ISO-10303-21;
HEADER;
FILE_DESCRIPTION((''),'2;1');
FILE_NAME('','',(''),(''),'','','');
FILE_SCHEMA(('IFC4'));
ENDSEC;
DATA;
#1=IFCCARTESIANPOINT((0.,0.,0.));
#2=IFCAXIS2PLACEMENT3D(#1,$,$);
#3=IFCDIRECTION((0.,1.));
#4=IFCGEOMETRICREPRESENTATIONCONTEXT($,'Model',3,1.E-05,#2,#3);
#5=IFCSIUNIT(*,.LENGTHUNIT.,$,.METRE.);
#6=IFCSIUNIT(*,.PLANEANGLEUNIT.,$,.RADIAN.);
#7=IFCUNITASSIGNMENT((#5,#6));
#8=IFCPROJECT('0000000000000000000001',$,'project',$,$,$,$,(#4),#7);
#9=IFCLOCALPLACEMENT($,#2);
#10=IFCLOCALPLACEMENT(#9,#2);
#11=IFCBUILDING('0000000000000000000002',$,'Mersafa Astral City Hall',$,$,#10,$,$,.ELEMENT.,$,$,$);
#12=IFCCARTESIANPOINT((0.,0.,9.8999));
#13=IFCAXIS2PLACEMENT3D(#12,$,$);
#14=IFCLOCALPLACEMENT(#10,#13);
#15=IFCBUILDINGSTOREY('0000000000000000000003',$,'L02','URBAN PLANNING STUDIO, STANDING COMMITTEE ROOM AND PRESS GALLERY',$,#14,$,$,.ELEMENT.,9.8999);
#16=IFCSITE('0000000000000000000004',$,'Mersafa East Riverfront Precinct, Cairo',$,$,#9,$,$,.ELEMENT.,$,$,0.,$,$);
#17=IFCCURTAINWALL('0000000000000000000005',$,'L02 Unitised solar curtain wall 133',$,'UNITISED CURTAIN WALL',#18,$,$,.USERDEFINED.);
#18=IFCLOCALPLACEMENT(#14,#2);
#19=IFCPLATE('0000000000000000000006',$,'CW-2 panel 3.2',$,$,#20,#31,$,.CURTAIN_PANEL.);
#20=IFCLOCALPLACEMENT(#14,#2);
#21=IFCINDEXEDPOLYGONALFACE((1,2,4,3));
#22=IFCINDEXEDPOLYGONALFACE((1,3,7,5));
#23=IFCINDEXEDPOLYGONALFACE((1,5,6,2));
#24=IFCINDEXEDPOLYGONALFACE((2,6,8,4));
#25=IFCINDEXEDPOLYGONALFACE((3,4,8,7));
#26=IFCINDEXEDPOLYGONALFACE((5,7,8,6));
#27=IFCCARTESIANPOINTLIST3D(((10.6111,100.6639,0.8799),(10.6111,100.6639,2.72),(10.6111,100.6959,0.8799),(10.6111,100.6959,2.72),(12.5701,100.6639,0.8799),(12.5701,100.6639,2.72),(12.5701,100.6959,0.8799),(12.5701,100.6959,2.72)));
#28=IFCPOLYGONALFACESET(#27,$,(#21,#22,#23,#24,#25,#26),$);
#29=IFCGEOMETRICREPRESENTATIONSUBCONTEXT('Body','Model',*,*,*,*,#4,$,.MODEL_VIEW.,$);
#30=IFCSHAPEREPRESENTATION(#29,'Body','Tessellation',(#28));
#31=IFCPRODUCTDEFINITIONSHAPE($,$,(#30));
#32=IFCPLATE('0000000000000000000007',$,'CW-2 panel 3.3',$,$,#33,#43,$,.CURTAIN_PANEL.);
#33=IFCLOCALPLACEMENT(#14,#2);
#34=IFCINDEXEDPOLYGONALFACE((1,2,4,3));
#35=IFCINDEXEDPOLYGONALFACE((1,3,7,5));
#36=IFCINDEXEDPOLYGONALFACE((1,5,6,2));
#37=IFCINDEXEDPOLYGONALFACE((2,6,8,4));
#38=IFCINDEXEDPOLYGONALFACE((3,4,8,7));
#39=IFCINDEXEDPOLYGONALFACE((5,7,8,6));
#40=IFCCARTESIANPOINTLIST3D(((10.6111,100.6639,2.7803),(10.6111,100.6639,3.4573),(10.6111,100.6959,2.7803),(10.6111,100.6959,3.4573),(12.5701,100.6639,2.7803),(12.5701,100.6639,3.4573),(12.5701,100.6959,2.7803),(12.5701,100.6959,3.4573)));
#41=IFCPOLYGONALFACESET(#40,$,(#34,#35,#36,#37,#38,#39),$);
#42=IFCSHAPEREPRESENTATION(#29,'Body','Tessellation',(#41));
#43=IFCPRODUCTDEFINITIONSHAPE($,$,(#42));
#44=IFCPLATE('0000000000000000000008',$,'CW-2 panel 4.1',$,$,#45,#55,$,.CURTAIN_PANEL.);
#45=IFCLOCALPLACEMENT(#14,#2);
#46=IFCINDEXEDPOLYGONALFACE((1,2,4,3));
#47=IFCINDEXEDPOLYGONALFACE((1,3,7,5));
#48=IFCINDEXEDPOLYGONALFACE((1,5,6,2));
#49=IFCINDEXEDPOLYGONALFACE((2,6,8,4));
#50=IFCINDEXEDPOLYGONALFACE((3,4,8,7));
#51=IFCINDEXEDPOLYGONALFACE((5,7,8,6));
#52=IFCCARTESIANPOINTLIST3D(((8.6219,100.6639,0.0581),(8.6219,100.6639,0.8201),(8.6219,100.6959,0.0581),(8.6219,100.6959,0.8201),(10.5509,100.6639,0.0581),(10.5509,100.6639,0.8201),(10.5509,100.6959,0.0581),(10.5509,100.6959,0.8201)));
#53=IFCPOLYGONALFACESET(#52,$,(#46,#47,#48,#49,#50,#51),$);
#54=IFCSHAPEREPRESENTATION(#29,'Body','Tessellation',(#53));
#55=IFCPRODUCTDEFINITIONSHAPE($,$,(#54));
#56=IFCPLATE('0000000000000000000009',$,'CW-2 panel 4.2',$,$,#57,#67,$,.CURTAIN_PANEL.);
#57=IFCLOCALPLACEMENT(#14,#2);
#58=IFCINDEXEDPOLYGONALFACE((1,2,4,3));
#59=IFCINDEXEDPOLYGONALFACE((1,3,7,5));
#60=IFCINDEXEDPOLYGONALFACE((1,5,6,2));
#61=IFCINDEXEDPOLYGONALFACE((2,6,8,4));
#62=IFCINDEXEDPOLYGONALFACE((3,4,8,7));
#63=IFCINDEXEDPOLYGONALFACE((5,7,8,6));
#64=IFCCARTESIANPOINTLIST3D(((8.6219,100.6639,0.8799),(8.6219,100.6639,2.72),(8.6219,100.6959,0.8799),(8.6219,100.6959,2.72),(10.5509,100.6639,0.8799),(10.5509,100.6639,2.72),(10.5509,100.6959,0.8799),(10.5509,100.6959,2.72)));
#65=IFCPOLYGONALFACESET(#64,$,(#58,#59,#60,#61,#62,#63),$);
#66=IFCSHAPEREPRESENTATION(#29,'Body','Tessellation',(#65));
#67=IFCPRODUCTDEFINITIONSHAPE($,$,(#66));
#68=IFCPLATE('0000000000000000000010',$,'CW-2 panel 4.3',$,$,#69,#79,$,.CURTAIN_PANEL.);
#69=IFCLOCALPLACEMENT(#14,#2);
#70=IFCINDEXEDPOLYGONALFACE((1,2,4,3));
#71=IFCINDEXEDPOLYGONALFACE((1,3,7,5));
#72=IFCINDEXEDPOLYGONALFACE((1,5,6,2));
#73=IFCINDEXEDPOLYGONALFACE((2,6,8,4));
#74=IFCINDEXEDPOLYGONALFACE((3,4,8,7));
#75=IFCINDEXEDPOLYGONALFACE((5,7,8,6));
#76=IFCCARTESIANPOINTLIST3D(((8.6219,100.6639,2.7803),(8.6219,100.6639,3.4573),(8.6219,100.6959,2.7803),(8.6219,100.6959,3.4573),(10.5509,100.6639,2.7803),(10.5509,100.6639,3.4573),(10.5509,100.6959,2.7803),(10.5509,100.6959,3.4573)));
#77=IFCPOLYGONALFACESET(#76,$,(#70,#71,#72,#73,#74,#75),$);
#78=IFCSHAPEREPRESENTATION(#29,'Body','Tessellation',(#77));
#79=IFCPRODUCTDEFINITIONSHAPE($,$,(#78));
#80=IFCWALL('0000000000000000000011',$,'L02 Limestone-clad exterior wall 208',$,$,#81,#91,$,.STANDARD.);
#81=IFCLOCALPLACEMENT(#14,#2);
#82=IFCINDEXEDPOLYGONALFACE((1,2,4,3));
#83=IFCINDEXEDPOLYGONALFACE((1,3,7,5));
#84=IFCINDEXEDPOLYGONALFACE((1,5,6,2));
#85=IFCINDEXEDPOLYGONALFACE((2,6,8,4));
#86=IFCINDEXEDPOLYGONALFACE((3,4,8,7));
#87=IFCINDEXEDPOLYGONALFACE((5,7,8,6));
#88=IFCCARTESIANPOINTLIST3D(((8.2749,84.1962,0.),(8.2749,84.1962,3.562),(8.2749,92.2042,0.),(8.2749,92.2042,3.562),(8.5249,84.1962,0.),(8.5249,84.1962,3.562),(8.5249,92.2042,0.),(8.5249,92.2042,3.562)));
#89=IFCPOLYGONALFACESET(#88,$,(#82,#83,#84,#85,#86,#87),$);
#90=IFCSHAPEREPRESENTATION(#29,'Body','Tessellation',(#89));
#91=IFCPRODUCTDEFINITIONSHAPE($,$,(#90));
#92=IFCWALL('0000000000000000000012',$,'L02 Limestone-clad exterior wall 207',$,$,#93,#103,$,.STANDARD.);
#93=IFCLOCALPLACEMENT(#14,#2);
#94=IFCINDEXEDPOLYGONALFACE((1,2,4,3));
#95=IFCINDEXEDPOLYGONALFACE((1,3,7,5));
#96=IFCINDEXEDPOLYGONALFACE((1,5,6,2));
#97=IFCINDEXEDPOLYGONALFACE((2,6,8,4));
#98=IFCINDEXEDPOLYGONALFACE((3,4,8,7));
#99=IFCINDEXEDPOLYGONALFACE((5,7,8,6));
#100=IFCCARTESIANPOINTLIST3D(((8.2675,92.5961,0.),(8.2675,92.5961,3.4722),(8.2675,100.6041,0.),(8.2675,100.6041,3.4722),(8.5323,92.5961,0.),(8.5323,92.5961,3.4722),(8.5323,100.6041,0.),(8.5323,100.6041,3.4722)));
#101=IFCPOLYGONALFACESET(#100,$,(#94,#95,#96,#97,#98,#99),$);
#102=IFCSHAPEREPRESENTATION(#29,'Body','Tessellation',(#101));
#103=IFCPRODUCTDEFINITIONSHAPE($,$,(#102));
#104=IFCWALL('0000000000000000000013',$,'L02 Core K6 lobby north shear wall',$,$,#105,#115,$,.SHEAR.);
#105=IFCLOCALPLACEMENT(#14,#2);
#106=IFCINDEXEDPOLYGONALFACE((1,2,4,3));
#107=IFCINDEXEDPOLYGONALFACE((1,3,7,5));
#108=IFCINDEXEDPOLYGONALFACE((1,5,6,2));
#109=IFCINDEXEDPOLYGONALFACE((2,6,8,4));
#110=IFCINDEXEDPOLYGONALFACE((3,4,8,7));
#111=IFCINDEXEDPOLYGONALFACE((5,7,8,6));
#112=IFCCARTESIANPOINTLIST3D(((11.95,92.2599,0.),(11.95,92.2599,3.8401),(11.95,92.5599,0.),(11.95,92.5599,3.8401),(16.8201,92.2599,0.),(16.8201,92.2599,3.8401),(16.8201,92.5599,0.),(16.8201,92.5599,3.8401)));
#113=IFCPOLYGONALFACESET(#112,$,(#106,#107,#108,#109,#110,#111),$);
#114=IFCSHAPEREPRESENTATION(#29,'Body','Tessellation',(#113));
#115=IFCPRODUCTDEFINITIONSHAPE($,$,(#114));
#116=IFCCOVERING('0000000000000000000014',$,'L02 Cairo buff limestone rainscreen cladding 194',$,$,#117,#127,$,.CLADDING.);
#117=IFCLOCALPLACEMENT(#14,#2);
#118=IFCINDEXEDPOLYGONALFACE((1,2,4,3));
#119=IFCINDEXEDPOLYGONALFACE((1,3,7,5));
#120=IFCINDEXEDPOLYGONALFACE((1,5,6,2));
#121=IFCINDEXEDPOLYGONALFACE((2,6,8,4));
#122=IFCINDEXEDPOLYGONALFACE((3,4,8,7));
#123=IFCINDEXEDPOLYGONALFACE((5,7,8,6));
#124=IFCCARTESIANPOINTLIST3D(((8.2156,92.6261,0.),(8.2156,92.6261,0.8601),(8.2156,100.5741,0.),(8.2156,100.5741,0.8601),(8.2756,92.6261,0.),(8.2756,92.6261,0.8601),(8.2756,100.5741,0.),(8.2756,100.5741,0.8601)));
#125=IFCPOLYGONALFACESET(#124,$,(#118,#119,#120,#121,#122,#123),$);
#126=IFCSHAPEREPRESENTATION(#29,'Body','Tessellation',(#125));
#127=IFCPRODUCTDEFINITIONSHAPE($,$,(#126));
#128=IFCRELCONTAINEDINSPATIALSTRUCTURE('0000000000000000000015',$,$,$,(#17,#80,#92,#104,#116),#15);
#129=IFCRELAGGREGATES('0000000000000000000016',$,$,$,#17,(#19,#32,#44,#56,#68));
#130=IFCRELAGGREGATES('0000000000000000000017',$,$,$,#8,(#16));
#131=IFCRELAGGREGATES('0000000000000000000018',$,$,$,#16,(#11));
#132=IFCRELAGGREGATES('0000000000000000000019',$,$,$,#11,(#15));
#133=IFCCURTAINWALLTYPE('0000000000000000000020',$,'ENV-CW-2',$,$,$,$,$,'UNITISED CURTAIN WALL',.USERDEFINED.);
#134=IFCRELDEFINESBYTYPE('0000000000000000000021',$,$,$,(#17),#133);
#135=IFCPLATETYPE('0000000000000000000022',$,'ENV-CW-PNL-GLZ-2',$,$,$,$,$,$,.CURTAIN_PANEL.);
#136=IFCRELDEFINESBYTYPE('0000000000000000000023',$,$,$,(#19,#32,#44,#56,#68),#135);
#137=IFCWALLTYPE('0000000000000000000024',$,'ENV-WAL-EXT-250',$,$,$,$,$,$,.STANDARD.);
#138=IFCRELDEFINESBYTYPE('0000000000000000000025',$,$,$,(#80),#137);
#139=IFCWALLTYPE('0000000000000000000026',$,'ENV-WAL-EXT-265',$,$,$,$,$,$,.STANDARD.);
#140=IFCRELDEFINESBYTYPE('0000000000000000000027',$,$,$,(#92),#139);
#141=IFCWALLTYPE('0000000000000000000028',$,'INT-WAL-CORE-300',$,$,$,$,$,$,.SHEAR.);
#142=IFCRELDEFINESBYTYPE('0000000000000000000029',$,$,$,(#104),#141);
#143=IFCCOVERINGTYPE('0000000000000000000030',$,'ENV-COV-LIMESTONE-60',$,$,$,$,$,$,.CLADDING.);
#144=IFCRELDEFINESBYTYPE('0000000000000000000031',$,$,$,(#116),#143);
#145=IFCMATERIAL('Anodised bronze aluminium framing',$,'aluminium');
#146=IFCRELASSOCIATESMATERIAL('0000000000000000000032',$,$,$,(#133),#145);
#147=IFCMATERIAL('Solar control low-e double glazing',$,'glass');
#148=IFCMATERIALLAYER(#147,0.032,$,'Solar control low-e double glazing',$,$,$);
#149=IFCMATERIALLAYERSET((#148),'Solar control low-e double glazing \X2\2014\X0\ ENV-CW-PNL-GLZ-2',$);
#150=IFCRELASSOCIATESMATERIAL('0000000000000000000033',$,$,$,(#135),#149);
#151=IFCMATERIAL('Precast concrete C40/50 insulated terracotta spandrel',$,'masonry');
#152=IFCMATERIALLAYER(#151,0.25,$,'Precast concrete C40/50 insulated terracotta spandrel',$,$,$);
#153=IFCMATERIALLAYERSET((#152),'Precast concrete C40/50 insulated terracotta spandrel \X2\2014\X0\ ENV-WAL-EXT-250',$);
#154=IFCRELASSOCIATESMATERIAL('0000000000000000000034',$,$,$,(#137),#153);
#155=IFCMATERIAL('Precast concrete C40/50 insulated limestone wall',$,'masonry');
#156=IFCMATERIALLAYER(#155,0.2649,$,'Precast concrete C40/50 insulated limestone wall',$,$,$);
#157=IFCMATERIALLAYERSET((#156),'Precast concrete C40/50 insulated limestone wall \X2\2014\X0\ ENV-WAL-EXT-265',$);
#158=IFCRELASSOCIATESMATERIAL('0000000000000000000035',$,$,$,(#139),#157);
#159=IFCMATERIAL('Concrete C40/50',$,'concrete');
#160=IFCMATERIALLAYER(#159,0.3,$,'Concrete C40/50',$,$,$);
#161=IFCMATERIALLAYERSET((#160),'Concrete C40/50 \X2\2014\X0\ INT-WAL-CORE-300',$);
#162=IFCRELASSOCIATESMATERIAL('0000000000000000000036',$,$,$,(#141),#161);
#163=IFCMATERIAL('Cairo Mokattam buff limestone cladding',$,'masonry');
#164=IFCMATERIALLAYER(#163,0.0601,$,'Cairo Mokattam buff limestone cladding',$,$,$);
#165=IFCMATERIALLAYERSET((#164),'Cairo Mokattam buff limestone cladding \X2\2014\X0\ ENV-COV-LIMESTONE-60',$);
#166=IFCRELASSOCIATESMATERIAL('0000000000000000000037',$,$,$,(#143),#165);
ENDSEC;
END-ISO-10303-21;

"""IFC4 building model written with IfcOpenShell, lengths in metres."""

from ifc_helpers import new_model, si_unit, direction, frame, frame_2d, origin, origin_2d, place, context, subcontext, project, spatial, rectangle, extrude, material, layer, layer_set, type_object, element, aggregate, save


model = new_model("IFC4")

# Units and contexts
model_context = context("Model", 3, precision=1e-05, world=origin(), true_north=direction((0.0, 1.0)))
body_context = subcontext(model_context, "Body", "Model", "MODEL_VIEW")
ifc_project = project(units=[si_unit("LENGTHUNIT", "METRE"), si_unit("PLANEANGLEUNIT", "RADIAN")], contexts=[model_context])

# Site, building, storey
site_placement = place(None, origin())
site = spatial("IfcSite", under=ifc_project, at=site_placement, Name="Mersafa East Riverfront Precinct, Cairo", CompositionType="ELEMENT", RefElevation=0.0)
building_placement = place(site_placement, origin())
building = spatial("IfcBuilding", under=site, at=building_placement, Name="Mersafa Astral City Hall", CompositionType="ELEMENT")
storey_placement = place(building_placement, frame((0.0, 0.0, 9.8999)))
storey = spatial("IfcBuildingStorey", under=building, at=storey_placement, Name="L02", Description="URBAN PLANNING STUDIO, STANDING COMMITTEE ROOM AND PRESS GALLERY", CompositionType="ELEMENT", Elevation=9.8999)

# Curtain wall
ifc_material_1 = material(Name="Anodised bronze aluminium framing", Category="aluminium")
curtain_wall_type = type_object("IfcCurtainWallType", Name="ENV-CW-2", ElementType="UNITISED CURTAIN WALL", PredefinedType="USERDEFINED", material=ifc_material_1)
curtain_wall_placement = place(storey_placement, origin())
curtain_wall = element("IfcCurtainWall", 1, at=curtain_wall_placement, inside=storey, type_object=curtain_wall_type, Name="L02 Unitised solar curtain wall 133", ObjectType="UNITISED CURTAIN WALL", PredefinedType="USERDEFINED")

# Plates
ifc_material_2 = material(Name="Solar control low-e double glazing", Category="glass")
ifc_layer_1 = layer(ifc_material_2, 0.032, Name="Solar control low-e double glazing")
ifc_layer_set_1 = layer_set([ifc_layer_1], Name="Solar control low-e double glazing — ENV-CW-PNL-GLZ-2")
plate_type = type_object("IfcPlateType", Name="ENV-CW-PNL-GLZ-2", PredefinedType="CURTAIN_PANEL", material=ifc_layer_set_1)
plate_1_placement = place(storey_placement, frame((11.5906, 100.6799, 0.8799), z_axis=(0.0, 0.0, 1.0), x_axis=(-1.0, 0.0, 0.0)))
plate_1 = element("IfcPlate", 2, at=plate_1_placement, type_object=plate_type, Name="CW-2 panel 3.2", PredefinedType="CURTAIN_PANEL", context=body_context, shape_type="SweptSolid", body=[
    extrude(rectangle(XDim=1.959, YDim=0.032, at=origin_2d()), origin(), (0.0, 0.0, 1.0), 1.8401),
])
plate_2_placement = place(storey_placement, frame((11.5906, 100.6799, 2.7803), z_axis=(0.0, 0.0, 1.0), x_axis=(-1.0, 0.0, 0.0)))
plate_2 = element("IfcPlate", 3, at=plate_2_placement, type_object=plate_type, Name="CW-2 panel 3.3", PredefinedType="CURTAIN_PANEL", context=body_context, shape_type="SweptSolid", body=[
    extrude(rectangle(XDim=1.959, YDim=0.032, at=origin_2d()), origin(), (0.0, 0.0, 1.0), 0.677),
])
plate_3_placement = place(storey_placement, frame((9.5864, 100.6799, 0.0581), z_axis=(0.0, 0.0, 1.0), x_axis=(-1.0, 0.0, 0.0)))
plate_3 = element("IfcPlate", 4, at=plate_3_placement, type_object=plate_type, Name="CW-2 panel 4.1", PredefinedType="CURTAIN_PANEL", context=body_context, shape_type="SweptSolid", body=[
    extrude(rectangle(XDim=1.929, YDim=0.032, at=origin_2d()), origin(), (0.0, 0.0, 1.0), 0.762),
])
plate_4_placement = place(storey_placement, frame((9.5864, 100.6799, 0.8799), z_axis=(0.0, 0.0, 1.0), x_axis=(-1.0, 0.0, 0.0)))
plate_4 = element("IfcPlate", 5, at=plate_4_placement, type_object=plate_type, Name="CW-2 panel 4.2", PredefinedType="CURTAIN_PANEL", context=body_context, shape_type="SweptSolid", body=[
    extrude(rectangle(XDim=1.929, YDim=0.032, at=origin_2d()), origin(), (0.0, 0.0, 1.0), 1.8401),
])
plate_5_placement = place(storey_placement, frame((9.5864, 100.6799, 2.7803), z_axis=(0.0, 0.0, 1.0), x_axis=(-1.0, 0.0, 0.0)))
plate_5 = element("IfcPlate", 6, at=plate_5_placement, type_object=plate_type, Name="CW-2 panel 4.3", PredefinedType="CURTAIN_PANEL", context=body_context, shape_type="SweptSolid", body=[
    extrude(rectangle(XDim=1.929, YDim=0.032, at=origin_2d()), origin(), (0.0, 0.0, 1.0), 0.677),
])
aggregate(curtain_wall, [plate_1, plate_2, plate_3, plate_4, plate_5])

# Walls
ifc_material_3 = material(Name="Precast concrete C40/50 insulated terracotta spandrel", Category="masonry")
ifc_layer_2 = layer(ifc_material_3, 0.25, Name="Precast concrete C40/50 insulated terracotta spandrel")
ifc_layer_set_2 = layer_set([ifc_layer_2], Name="Precast concrete C40/50 insulated terracotta spandrel — ENV-WAL-EXT-250")
wall_type_1 = type_object("IfcWallType", Name="ENV-WAL-EXT-250", PredefinedType="STANDARD", material=ifc_layer_set_2)
wall_1_placement = place(storey_placement, frame((8.3999, 92.2041, 0.0), z_axis=(0.0, 0.0, 1.0), x_axis=(0.0, -1.0, 0.0)))
element("IfcWall", 7, at=wall_1_placement, inside=storey, type_object=wall_type_1, Name="L02 Limestone-clad exterior wall 208", PredefinedType="STANDARD", context=body_context, shape_type="SweptSolid", body=[
    extrude(rectangle(XDim=8.0081, YDim=0.25, at=frame_2d((4.0039, 0.0))), origin(), (0.0, 0.0, 1.0), 3.562),
])
ifc_material_4 = material(Name="Precast concrete C40/50 insulated limestone wall", Category="masonry")
ifc_layer_3 = layer(ifc_material_4, 0.2649, Name="Precast concrete C40/50 insulated limestone wall")
ifc_layer_set_3 = layer_set([ifc_layer_3], Name="Precast concrete C40/50 insulated limestone wall — ENV-WAL-EXT-265")
wall_type_2 = type_object("IfcWallType", Name="ENV-WAL-EXT-265", PredefinedType="STANDARD", material=ifc_layer_set_3)
wall_2_placement = place(storey_placement, frame((8.3999, 100.604, 0.0), z_axis=(0.0, 0.0, 1.0), x_axis=(0.0, -1.0, 0.0)))
element("IfcWall", 8, at=wall_2_placement, inside=storey, type_object=wall_type_2, Name="L02 Limestone-clad exterior wall 207", PredefinedType="STANDARD", context=body_context, shape_type="SweptSolid", body=[
    extrude(rectangle(XDim=8.0081, YDim=0.2649, at=frame_2d((4.0039, 0.0))), origin(), (0.0, 0.0, 1.0), 3.4722),
])
ifc_material_5 = material(Name="Concrete C40/50", Category="concrete")
ifc_layer_4 = layer(ifc_material_5, 0.3, Name="Concrete C40/50")
ifc_layer_set_4 = layer_set([ifc_layer_4], Name="Concrete C40/50 — INT-WAL-CORE-300")
wall_type_3 = type_object("IfcWallType", Name="INT-WAL-CORE-300", PredefinedType="SHEAR", material=ifc_layer_set_4)
wall_3_placement = place(storey_placement, frame((11.95, 92.4099, 0.0), z_axis=(0.0, 0.0, 1.0), x_axis=(1.0, 0.0, 0.0)))
element("IfcWall", 9, at=wall_3_placement, inside=storey, type_object=wall_type_3, Name="L02 Core K6 lobby north shear wall", PredefinedType="SHEAR", context=body_context, shape_type="SweptSolid", body=[
    extrude(rectangle(XDim=4.8701, YDim=0.3, at=frame_2d((2.4351, 0.0))), origin(), (0.0, 0.0, 1.0), 3.8401),
])

# Covering
ifc_material_6 = material(Name="Cairo Mokattam buff limestone cladding", Category="masonry")
ifc_layer_5 = layer(ifc_material_6, 0.0601, Name="Cairo Mokattam buff limestone cladding")
ifc_layer_set_5 = layer_set([ifc_layer_5], Name="Cairo Mokattam buff limestone cladding — ENV-COV-LIMESTONE-60")
covering_type = type_object("IfcCoveringType", Name="ENV-COV-LIMESTONE-60", PredefinedType="CLADDING", material=ifc_layer_set_5)
covering_placement = place(storey_placement, frame((8.2456, 96.6001, 0.0), z_axis=(0.0, 0.0, 1.0), x_axis=(0.0, -1.0, 0.0)))
element("IfcCovering", 10, at=covering_placement, inside=storey, type_object=covering_type, Name="L02 Cairo buff limestone rainscreen cladding 194", PredefinedType="CLADDING", context=body_context, shape_type="SweptSolid", body=[
    extrude(rectangle(XDim=7.948, YDim=0.0601, at=origin_2d()), origin(), (0.0, 0.0, 1.0), 0.8601),
])

save(model, "model.ifc")
